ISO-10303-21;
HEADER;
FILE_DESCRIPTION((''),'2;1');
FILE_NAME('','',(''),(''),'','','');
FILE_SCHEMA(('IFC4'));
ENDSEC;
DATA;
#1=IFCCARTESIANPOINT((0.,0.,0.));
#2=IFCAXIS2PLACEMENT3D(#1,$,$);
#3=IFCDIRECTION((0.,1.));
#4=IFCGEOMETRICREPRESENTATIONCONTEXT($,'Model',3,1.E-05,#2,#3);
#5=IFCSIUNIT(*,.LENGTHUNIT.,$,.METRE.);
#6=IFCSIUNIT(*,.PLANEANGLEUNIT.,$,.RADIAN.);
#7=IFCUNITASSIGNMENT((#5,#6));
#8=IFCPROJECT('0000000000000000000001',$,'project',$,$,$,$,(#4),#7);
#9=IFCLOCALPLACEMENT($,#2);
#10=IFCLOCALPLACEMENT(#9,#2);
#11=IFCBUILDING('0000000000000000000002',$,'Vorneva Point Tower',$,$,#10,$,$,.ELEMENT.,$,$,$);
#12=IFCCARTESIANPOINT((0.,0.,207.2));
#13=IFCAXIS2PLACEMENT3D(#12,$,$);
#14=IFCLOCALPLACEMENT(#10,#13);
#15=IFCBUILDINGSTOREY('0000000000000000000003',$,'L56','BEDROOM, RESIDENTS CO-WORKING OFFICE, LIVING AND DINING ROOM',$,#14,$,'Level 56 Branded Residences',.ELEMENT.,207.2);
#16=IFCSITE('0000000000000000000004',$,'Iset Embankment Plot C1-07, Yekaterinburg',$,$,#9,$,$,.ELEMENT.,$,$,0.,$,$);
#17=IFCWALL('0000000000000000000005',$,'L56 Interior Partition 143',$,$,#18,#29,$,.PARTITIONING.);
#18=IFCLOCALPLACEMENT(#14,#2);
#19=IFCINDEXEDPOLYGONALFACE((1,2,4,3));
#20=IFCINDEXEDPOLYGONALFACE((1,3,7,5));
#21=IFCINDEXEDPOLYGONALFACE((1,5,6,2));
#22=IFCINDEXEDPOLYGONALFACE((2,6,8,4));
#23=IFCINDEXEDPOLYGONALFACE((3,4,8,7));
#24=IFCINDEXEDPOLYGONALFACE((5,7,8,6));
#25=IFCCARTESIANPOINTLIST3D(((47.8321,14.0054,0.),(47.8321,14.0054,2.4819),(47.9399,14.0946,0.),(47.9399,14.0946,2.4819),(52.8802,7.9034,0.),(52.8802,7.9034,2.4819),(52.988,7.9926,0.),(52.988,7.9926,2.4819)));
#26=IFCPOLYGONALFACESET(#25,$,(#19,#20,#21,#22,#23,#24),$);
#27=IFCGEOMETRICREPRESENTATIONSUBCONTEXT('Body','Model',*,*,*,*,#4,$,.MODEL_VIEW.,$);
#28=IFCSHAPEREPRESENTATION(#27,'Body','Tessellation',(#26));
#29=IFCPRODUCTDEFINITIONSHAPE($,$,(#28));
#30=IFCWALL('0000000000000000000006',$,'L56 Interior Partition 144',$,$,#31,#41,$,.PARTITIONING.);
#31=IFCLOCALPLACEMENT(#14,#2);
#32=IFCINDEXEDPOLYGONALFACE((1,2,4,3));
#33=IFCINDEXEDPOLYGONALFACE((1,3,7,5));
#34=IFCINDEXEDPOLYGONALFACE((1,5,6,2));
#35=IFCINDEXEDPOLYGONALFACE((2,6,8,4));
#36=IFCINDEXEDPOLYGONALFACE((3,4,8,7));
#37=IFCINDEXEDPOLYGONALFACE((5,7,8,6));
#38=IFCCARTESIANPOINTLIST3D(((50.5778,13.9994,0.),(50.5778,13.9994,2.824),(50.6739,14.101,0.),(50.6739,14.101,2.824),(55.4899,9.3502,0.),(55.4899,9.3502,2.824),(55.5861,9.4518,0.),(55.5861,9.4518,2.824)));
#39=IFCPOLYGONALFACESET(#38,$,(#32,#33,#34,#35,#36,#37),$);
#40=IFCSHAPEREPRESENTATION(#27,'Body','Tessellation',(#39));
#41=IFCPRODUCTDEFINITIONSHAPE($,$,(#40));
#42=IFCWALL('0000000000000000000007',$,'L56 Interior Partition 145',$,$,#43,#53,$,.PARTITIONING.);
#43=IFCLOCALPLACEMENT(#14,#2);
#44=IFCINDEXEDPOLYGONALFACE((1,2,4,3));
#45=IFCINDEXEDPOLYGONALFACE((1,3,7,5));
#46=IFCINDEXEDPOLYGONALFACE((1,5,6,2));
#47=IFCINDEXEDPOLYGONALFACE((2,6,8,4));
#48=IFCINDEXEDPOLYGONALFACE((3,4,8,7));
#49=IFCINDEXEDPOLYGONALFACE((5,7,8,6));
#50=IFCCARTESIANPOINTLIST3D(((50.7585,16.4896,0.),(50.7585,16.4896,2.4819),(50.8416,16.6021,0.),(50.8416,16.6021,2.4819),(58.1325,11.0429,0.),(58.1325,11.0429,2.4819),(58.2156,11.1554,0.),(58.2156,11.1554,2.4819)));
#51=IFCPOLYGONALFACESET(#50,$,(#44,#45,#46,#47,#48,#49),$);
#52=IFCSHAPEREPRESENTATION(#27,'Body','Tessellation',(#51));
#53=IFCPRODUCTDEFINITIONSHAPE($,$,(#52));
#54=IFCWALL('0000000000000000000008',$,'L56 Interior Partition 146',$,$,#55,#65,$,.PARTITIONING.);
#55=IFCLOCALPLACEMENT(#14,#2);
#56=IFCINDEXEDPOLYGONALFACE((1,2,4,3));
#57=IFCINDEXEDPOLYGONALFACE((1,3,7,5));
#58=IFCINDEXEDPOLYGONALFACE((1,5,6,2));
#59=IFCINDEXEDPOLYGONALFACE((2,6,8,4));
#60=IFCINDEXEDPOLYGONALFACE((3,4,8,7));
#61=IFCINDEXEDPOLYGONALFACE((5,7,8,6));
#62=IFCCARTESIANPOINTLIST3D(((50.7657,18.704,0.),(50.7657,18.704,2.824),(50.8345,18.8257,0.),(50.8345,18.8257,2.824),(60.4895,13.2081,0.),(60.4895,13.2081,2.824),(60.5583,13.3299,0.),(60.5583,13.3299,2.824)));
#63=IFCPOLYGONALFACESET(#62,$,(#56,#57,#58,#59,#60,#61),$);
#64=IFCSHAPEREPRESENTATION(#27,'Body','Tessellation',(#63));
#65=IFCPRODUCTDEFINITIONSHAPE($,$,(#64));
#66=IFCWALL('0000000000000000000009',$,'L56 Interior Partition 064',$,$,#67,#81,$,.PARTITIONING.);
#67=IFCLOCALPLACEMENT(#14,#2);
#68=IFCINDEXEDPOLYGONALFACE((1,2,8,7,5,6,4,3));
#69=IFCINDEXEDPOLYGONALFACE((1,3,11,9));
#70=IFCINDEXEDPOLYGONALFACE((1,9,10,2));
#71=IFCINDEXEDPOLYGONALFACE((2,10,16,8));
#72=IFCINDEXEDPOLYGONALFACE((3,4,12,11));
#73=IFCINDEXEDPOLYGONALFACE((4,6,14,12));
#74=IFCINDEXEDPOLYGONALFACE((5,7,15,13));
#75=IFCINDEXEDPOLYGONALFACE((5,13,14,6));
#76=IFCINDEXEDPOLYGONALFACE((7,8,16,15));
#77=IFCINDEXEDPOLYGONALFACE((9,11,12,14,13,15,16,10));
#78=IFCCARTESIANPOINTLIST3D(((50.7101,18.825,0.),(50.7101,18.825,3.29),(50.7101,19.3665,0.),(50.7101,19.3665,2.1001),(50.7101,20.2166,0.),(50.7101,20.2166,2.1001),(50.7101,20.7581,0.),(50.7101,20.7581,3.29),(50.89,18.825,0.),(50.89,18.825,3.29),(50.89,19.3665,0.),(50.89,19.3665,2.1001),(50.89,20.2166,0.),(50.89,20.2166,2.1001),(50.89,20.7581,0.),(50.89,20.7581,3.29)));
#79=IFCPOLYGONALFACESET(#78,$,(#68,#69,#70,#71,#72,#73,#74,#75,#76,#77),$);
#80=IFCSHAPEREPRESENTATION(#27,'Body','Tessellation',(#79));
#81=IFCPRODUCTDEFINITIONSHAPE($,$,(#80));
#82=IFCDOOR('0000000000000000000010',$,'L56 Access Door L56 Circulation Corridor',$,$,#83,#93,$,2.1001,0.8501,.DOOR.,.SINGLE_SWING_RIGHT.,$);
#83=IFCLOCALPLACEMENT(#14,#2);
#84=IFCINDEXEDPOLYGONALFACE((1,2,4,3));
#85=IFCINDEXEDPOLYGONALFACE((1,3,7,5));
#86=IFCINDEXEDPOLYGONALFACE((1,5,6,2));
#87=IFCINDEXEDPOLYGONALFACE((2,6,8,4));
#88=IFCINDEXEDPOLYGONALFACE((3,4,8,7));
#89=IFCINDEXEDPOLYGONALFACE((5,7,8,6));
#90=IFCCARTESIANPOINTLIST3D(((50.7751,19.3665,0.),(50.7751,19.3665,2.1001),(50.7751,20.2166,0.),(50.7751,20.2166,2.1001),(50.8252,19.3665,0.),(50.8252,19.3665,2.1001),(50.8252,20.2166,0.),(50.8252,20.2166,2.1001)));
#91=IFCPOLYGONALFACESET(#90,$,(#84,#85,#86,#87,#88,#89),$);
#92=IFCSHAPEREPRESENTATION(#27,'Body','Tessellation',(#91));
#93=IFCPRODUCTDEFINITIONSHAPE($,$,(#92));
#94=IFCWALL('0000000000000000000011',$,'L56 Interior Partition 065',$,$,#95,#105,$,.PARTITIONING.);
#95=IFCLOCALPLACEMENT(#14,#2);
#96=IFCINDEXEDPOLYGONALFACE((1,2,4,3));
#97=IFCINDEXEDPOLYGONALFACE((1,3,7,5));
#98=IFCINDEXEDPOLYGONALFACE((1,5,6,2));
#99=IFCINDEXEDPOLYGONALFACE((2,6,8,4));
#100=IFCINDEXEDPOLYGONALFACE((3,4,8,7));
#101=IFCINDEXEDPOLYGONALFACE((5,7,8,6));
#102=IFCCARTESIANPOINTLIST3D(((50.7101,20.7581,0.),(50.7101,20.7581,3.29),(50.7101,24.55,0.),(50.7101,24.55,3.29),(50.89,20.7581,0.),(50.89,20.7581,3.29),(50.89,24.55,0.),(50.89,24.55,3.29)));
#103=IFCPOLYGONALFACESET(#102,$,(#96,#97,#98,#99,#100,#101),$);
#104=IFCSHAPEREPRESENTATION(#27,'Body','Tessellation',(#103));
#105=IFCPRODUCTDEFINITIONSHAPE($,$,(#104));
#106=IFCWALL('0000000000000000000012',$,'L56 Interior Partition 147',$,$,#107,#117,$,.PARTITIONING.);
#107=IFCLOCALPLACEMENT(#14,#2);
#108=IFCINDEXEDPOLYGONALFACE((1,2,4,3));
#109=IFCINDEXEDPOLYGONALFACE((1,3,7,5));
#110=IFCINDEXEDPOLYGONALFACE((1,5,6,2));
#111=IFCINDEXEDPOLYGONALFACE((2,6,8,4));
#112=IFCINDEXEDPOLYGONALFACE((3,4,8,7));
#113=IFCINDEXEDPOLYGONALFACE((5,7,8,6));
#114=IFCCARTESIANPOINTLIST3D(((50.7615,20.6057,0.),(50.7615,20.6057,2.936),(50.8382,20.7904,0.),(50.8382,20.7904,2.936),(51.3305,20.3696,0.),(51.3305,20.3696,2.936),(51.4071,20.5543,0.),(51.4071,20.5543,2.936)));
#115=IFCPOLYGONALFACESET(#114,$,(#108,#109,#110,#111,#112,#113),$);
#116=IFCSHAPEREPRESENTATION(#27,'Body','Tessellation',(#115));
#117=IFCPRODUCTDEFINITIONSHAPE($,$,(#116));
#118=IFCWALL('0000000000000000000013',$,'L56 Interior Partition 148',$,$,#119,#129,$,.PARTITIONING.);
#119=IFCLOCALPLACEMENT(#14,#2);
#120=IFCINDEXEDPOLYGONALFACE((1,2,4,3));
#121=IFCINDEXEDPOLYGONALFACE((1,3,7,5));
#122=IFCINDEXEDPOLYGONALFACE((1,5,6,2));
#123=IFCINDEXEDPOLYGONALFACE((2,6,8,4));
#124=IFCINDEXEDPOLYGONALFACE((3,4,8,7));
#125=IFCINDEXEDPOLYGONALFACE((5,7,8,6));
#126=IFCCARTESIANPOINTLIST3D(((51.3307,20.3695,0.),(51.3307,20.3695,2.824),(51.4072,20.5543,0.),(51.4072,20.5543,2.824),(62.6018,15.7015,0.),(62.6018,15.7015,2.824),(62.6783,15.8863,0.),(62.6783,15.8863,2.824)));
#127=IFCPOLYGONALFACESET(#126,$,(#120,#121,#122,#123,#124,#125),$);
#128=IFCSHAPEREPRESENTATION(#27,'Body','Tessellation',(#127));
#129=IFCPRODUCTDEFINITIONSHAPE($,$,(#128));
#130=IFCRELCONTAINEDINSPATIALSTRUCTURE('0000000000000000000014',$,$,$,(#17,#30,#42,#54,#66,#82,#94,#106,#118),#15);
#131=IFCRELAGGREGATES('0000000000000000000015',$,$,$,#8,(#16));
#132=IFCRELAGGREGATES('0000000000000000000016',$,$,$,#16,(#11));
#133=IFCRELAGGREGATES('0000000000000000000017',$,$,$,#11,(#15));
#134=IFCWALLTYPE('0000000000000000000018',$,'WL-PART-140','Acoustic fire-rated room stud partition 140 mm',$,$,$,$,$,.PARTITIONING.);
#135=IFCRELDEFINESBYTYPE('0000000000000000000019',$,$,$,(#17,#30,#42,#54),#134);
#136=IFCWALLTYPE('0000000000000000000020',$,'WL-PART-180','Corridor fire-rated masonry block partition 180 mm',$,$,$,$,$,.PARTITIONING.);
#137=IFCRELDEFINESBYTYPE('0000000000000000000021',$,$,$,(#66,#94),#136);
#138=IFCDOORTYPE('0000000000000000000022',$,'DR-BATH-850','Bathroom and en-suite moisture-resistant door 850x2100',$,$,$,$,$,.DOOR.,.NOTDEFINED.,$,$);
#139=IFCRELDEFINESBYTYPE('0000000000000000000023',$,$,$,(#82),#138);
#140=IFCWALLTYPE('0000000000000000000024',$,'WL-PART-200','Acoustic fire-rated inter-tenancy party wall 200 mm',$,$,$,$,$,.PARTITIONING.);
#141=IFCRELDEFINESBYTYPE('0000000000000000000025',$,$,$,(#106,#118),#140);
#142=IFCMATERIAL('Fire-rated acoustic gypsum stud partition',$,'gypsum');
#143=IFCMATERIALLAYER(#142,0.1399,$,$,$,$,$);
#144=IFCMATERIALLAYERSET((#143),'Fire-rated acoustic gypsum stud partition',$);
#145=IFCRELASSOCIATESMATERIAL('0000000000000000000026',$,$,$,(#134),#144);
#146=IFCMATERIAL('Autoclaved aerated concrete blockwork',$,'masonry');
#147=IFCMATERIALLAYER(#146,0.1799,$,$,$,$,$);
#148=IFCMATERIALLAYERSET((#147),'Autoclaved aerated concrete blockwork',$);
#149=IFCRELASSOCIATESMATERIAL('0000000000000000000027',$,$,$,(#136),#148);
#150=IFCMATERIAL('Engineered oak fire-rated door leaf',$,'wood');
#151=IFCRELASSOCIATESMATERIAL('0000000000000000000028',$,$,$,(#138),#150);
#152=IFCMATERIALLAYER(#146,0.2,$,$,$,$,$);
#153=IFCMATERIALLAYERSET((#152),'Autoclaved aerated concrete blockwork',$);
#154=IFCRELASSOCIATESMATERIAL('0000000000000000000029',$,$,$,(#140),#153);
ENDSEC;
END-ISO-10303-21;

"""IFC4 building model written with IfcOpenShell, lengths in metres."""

from ifc_helpers import new_model, si_unit, direction, frame, frame_2d, origin, place, context, subcontext, project, spatial, rectangle, extrude, material, layer, layer_set, type_object, element, fill, save


model = new_model("IFC4")

# Units and contexts
model_context = context("Model", 3, precision=1e-05, world=origin(), true_north=direction((0.0, 1.0)))
body_context = subcontext(model_context, "Body", "Model", "MODEL_VIEW")
ifc_project = project(units=[si_unit("LENGTHUNIT", "METRE"), si_unit("PLANEANGLEUNIT", "RADIAN")], contexts=[model_context])

# Site, building, storey
site_placement = place(None, origin())
site = spatial("IfcSite", under=ifc_project, at=site_placement, Name="Iset Embankment Plot C1-07, Yekaterinburg", CompositionType="ELEMENT", RefElevation=0.0)
building_placement = place(site_placement, origin())
building = spatial("IfcBuilding", under=site, at=building_placement, Name="Vorneva Point Tower", CompositionType="ELEMENT")
storey_placement = place(building_placement, frame((0.0, 0.0, 207.2)))
storey = spatial("IfcBuildingStorey", under=building, at=storey_placement, Name="L56", Description="BEDROOM, RESIDENTS CO-WORKING OFFICE, LIVING AND DINING ROOM", LongName="Level 56 Branded Residences", CompositionType="ELEMENT", Elevation=207.2)

# Walls
ifc_material_1 = material(Name="Fire-rated acoustic gypsum stud partition", Category="gypsum")
ifc_layer_1 = layer(ifc_material_1, 0.1399)
ifc_layer_set_1 = layer_set([ifc_layer_1], Name="Fire-rated acoustic gypsum stud partition")
wall_type_1 = type_object("IfcWallType", Name="WL-PART-140", Description="Acoustic fire-rated room stud partition 140 mm", PredefinedType="PARTITIONING", material=ifc_layer_set_1)
wall_1_placement = place(storey_placement, frame((52.9341, 7.948, 0.0), z_axis=(0.0, 0.0, 1.0), x_axis=(-0.637427, 0.770511, 0.0)))
element("IfcWall", 1, at=wall_1_placement, inside=storey, type_object=wall_type_1, Name="L56 Interior Partition 143", PredefinedType="PARTITIONING", context=body_context, shape_type="SweptSolid", body=[
    extrude(rectangle(XDim=7.9194, YDim=0.1399, at=frame_2d((3.9597, 0.0))), origin(), (0.0, 0.0, 1.0), 2.4819),
])
wall_2_placement = place(storey_placement, frame((55.5381, 9.4009, 0.0), z_axis=(0.0, 0.0, 1.0), x_axis=(-0.726278, 0.687401, 0.0)))
element("IfcWall", 2, at=wall_2_placement, inside=storey, type_object=wall_type_1, Name="L56 Interior Partition 144", PredefinedType="PARTITIONING", context=body_context, shape_type="SweptSolid", body=[
    extrude(rectangle(XDim=6.7634, YDim=0.1399, at=frame_2d((3.3818, 0.0))), origin(), (0.0, 0.0, 1.0), 2.824),
])
wall_3_placement = place(storey_placement, frame((58.1741, 11.0991, 0.0), z_axis=(0.0, 0.0, 1.0), x_axis=(-0.804363, 0.594138, 0.0)))
element("IfcWall", 3, at=wall_3_placement, inside=storey, type_object=wall_type_1, Name="L56 Interior Partition 145", PredefinedType="PARTITIONING", context=body_context, shape_type="SweptSolid", body=[
    extrude(rectangle(XDim=9.1675, YDim=0.1399, at=frame_2d((4.5837, 0.0))), origin(), (0.0, 0.0, 1.0), 2.4819),
])
wall_4_placement = place(storey_placement, frame((60.5239, 13.269, 0.0), z_axis=(0.0, 0.0, 1.0), x_axis=(-0.870573, 0.49204, 0.0)))
element("IfcWall", 4, at=wall_4_placement, inside=storey, type_object=wall_type_1, Name="L56 Interior Partition 146", PredefinedType="PARTITIONING", context=body_context, shape_type="SweptSolid", body=[
    extrude(rectangle(XDim=11.1694, YDim=0.1399, at=frame_2d((5.5847, 0.0))), origin(), (0.0, 0.0, 1.0), 2.824),
])

# Wall, opening, door
ifc_material_2 = material(Name="Autoclaved aerated concrete blockwork", Category="masonry")
ifc_layer_2 = layer(ifc_material_2, 0.1799)
ifc_layer_set_2 = layer_set([ifc_layer_2], Name="Autoclaved aerated concrete blockwork")
wall_type_2 = type_object("IfcWallType", Name="WL-PART-180", Description="Corridor fire-rated masonry block partition 180 mm", PredefinedType="PARTITIONING", material=ifc_layer_set_2)
wall_5_placement = place(storey_placement, frame((50.8, 18.825, 0.0), z_axis=(0.0, 0.0, 1.0), x_axis=(0.0, 1.0, 0.0)))
wall_5 = element("IfcWall", 5, at=wall_5_placement, inside=storey, type_object=wall_type_2, Name="L56 Interior Partition 064", PredefinedType="PARTITIONING", context=body_context, shape_type="SweptSolid", body=[
    extrude(rectangle(XDim=1.9331, YDim=0.1799, at=frame_2d((0.9666, 0.0))), origin(), (0.0, 0.0, 1.0), 3.29),
])
opening_1_placement = place(wall_5_placement, frame((0.5415, 0.0, 0.0)))
opening_1 = element("IfcOpeningElement", 6, at=opening_1_placement, cuts=wall_5, PredefinedType="OPENING", context=body_context, shape_type="SweptSolid", body=[
    extrude(rectangle(XDim=0.8501, YDim=2.1001, at=frame_2d((0.425, 1.05))), frame((0.0, 0.105, 0.0), z_axis=(0.0, -1.0, 0.0), x_axis=(1.0, 0.0, 0.0)), (0.0, 0.0, 1.0), 0.2097),
])
ifc_material_3 = material(Name="Engineered oak fire-rated door leaf", Category="wood")
door_type = type_object("IfcDoorType", Name="DR-BATH-850", Description="Bathroom and en-suite moisture-resistant door 850x2100", OperationType="NOTDEFINED", PredefinedType="DOOR", material=ifc_material_3)
door_placement = place(opening_1_placement, origin())
door = element("IfcDoor", 7, at=door_placement, inside=storey, type_object=door_type, Name="L56 Access Door L56 Circulation Corridor", OperationType="SINGLE_SWING_RIGHT", OverallHeight=2.1001, OverallWidth=0.8501, PredefinedType="DOOR", context=body_context, shape_type="SweptSolid", body=[
    extrude(rectangle(XDim=0.8501, YDim=2.1001, at=frame_2d((0.425, 1.05))), frame((0.0, 0.0249, 0.0), z_axis=(0.0, -1.0, 0.0), x_axis=(1.0, 0.0, 0.0)), (0.0, 0.0, 1.0), 0.05),
])
fill(opening_1, door)

# Walls
wall_6_placement = place(storey_placement, frame((50.8, 20.7581, 0.0), z_axis=(0.0, 0.0, 1.0), x_axis=(0.0, 1.0, 0.0)))
element("IfcWall", 8, at=wall_6_placement, inside=storey, type_object=wall_type_2, Name="L56 Interior Partition 065", PredefinedType="PARTITIONING", context=body_context, shape_type="SweptSolid", body=[
    extrude(rectangle(XDim=3.792, YDim=0.1799, at=frame_2d((1.896, 0.0))), origin(), (0.0, 0.0, 1.0), 3.29),
])
ifc_layer_3 = layer(ifc_material_2, 0.2)
ifc_layer_set_3 = layer_set([ifc_layer_3], Name="Autoclaved aerated concrete blockwork")
wall_type_3 = type_object("IfcWallType", Name="WL-PART-200", Description="Acoustic fire-rated inter-tenancy party wall 200 mm", PredefinedType="PARTITIONING", material=ifc_layer_set_3)
wall_7_placement = place(storey_placement, frame((51.3689, 20.4619, 0.0), z_axis=(0.0, 0.0, 1.0), x_axis=(-0.923615, 0.38332, 0.0)))
element("IfcWall", 9, at=wall_7_placement, inside=storey, type_object=wall_type_3, Name="L56 Interior Partition 147", PredefinedType="PARTITIONING", context=body_context, shape_type="SweptSolid", body=[
    extrude(rectangle(XDim=0.616, YDim=0.2, at=frame_2d((0.3081, 0.0))), origin(), (0.0, 0.0, 1.0), 2.936),
])
wall_8_placement = place(storey_placement, frame((62.6399, 15.7939, 0.0), z_axis=(0.0, 0.0, 1.0), x_axis=(-0.923898, 0.382639, 0.0)))
element("IfcWall", 10, at=wall_8_placement, inside=storey, type_object=wall_type_3, Name="L56 Interior Partition 148", PredefinedType="PARTITIONING", context=body_context, shape_type="SweptSolid", body=[
    extrude(rectangle(XDim=12.1995, YDim=0.2, at=frame_2d((6.0996, 0.0))), origin(), (0.0, 0.0, 1.0), 2.824),
])

save(model, "model.ifc")
